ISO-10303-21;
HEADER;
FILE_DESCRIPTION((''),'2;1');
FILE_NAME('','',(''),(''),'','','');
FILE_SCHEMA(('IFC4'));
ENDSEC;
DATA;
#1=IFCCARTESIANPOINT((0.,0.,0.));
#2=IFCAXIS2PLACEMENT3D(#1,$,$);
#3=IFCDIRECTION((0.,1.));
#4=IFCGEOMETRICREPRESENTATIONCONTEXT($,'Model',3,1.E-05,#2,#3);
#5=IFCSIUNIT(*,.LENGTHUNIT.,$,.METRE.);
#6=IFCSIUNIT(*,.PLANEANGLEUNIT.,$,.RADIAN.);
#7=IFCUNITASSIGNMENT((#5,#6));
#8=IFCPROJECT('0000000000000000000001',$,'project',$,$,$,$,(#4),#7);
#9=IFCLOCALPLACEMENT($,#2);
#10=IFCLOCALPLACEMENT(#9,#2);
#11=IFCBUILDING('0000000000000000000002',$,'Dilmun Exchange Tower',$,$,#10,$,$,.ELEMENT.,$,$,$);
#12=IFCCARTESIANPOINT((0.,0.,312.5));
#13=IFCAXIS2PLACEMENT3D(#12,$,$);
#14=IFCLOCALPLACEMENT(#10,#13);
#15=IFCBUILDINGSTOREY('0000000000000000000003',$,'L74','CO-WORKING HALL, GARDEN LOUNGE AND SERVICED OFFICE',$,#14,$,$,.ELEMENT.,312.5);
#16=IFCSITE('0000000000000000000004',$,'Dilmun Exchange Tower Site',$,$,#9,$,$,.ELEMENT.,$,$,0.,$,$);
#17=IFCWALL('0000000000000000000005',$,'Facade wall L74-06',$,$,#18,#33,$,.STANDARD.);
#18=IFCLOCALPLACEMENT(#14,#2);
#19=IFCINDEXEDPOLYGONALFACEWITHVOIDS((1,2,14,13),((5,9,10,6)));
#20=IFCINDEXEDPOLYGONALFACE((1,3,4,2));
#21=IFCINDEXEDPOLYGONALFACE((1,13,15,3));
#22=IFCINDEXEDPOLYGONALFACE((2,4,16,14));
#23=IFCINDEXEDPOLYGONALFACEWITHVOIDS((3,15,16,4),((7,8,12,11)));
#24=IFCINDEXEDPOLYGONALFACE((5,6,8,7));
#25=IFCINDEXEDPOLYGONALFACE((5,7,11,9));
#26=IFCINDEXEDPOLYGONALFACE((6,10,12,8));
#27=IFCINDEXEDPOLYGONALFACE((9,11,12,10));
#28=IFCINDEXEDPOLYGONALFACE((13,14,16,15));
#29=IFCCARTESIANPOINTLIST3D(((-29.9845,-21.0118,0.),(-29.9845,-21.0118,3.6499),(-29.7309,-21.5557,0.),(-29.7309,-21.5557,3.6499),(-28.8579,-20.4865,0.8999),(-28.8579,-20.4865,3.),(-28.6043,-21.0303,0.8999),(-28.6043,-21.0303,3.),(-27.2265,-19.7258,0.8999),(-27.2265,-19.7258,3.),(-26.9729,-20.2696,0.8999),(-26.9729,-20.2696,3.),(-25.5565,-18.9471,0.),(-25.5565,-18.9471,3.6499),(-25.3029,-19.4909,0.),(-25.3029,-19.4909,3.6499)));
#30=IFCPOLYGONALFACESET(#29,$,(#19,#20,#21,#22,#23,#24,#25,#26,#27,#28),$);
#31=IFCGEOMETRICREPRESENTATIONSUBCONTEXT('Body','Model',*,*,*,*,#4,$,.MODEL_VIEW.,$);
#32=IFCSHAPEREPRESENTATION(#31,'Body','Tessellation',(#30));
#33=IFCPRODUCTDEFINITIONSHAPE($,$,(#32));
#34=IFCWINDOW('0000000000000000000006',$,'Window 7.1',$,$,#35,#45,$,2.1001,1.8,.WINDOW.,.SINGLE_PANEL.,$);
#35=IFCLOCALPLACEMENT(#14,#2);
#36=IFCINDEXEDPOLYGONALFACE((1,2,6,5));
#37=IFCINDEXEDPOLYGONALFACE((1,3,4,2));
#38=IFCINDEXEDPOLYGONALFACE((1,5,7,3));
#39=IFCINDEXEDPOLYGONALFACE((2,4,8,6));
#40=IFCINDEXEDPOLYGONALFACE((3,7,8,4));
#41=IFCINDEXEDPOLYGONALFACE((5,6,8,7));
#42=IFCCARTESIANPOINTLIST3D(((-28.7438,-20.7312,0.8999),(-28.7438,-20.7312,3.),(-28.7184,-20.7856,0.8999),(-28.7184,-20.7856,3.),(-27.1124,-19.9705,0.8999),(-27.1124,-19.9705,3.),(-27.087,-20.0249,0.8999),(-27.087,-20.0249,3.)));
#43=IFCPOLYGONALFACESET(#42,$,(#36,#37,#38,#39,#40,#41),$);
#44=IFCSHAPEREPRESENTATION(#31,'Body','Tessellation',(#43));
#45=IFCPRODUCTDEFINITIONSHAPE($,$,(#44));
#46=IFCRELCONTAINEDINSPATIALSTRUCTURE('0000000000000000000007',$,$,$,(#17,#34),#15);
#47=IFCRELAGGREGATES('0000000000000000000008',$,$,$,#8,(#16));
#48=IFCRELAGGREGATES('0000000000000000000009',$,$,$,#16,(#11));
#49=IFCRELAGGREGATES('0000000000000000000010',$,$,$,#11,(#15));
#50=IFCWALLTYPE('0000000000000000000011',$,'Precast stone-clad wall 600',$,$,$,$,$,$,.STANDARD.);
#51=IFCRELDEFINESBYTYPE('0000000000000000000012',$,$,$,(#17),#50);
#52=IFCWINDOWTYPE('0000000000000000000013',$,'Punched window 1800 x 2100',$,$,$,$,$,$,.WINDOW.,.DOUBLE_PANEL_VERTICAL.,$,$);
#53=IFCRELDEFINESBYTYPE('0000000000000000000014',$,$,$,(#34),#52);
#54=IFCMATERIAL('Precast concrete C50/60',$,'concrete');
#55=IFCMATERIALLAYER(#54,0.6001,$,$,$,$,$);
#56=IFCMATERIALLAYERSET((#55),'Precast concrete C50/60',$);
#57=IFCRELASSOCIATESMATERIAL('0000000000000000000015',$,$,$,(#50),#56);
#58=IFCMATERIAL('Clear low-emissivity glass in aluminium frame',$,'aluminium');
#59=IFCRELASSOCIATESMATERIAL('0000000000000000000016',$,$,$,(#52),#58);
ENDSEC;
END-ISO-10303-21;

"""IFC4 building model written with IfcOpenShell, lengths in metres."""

from ifc_helpers import new_model, si_unit, direction, frame, frame_2d, origin, place, context, subcontext, project, spatial, rectangle, extrude, material, layer, layer_set, type_object, element, fill, save


model = new_model("IFC4")

# Units and contexts
model_context = context("Model", 3, precision=1e-05, world=origin(), true_north=direction((0.0, 1.0)))
body_context = subcontext(model_context, "Body", "Model", "MODEL_VIEW")
ifc_project = project(units=[si_unit("LENGTHUNIT", "METRE"), si_unit("PLANEANGLEUNIT", "RADIAN")], contexts=[model_context])

# Site, building, storey
site_placement = place(None, origin())
site = spatial("IfcSite", under=ifc_project, at=site_placement, Name="Dilmun Exchange Tower Site", CompositionType="ELEMENT", RefElevation=0.0)
building_placement = place(site_placement, origin())
building = spatial("IfcBuilding", under=site, at=building_placement, Name="Dilmun Exchange Tower", CompositionType="ELEMENT")
storey_placement = place(building_placement, frame((0.0, 0.0, 312.5)))
storey = spatial("IfcBuildingStorey", under=building, at=storey_placement, Name="L74", Description="CO-WORKING HALL, GARDEN LOUNGE AND SERVICED OFFICE", CompositionType="ELEMENT", Elevation=312.5)

# Wall, opening, window
ifc_material_1 = material(Name="Precast concrete C50/60", Category="concrete")
ifc_layer_1 = layer(ifc_material_1, 0.6001)
ifc_layer_set_1 = layer_set([ifc_layer_1], Name="Precast concrete C50/60")
wall_type_1 = type_object("IfcWallType", Name="Precast stone-clad wall 600", PredefinedType="STANDARD", material=ifc_layer_set_1)
ifc_material_2 = material(Name="Clear low-emissivity glass in aluminium frame", Category="aluminium")
window_type_1 = type_object("IfcWindowType", Name="Punched window 1800 x 2100", PartitioningType="DOUBLE_PANEL_VERTICAL", PredefinedType="WINDOW", material=ifc_material_2)
wall_1_placement = place(storey_placement, frame((-25.4297, -19.219, 0.0), z_axis=(0.0, 0.0, 1.0), x_axis=(-0.906316, -0.422601, 0.0)))
wall_1 = element("IfcWall", 1, at=wall_1_placement, inside=storey, type_object=wall_type_1, Name="Facade wall L74-06", PredefinedType="STANDARD", context=body_context, shape_type="SweptSolid", body=[
    extrude(rectangle(XDim=4.8857, YDim=0.6001, at=frame_2d((2.4429, 0.0))), origin(), (0.0, 0.0, 1.0), 3.6499),
])
opening_1_placement = place(wall_1_placement, frame((1.8428, 0.0, 0.8999)))
opening_1 = element("IfcOpeningElement", 2, at=opening_1_placement, cuts=wall_1, PredefinedType="OPENING", context=body_context, shape_type="SweptSolid", body=[
    extrude(rectangle(XDim=1.8, YDim=2.1001, at=frame_2d((0.8999, 1.05))), frame((0.0, 0.3101, 0.0), z_axis=(0.0, -1.0, 0.0), x_axis=(1.0, 0.0, 0.0)), (0.0, 0.0, 1.0), 0.6201),
])
window_1_placement = place(opening_1_placement, origin())
window_1 = element("IfcWindow", 3, at=window_1_placement, inside=storey, type_object=window_type_1, Name="Window 7.1", OverallHeight=2.1001, OverallWidth=1.8, PartitioningType="SINGLE_PANEL", PredefinedType="WINDOW", context=body_context, shape_type="SweptSolid", body=[
    extrude(rectangle(XDim=1.8, YDim=2.1001, at=frame_2d((0.8999, 1.05))), frame((0.0, 0.03, 0.0), z_axis=(0.0, -1.0, 0.0), x_axis=(1.0, 0.0, 0.0)), (0.0, 0.0, 1.0), 0.0601),
])
fill(opening_1, window_1)

save(model, "model.ifc")
